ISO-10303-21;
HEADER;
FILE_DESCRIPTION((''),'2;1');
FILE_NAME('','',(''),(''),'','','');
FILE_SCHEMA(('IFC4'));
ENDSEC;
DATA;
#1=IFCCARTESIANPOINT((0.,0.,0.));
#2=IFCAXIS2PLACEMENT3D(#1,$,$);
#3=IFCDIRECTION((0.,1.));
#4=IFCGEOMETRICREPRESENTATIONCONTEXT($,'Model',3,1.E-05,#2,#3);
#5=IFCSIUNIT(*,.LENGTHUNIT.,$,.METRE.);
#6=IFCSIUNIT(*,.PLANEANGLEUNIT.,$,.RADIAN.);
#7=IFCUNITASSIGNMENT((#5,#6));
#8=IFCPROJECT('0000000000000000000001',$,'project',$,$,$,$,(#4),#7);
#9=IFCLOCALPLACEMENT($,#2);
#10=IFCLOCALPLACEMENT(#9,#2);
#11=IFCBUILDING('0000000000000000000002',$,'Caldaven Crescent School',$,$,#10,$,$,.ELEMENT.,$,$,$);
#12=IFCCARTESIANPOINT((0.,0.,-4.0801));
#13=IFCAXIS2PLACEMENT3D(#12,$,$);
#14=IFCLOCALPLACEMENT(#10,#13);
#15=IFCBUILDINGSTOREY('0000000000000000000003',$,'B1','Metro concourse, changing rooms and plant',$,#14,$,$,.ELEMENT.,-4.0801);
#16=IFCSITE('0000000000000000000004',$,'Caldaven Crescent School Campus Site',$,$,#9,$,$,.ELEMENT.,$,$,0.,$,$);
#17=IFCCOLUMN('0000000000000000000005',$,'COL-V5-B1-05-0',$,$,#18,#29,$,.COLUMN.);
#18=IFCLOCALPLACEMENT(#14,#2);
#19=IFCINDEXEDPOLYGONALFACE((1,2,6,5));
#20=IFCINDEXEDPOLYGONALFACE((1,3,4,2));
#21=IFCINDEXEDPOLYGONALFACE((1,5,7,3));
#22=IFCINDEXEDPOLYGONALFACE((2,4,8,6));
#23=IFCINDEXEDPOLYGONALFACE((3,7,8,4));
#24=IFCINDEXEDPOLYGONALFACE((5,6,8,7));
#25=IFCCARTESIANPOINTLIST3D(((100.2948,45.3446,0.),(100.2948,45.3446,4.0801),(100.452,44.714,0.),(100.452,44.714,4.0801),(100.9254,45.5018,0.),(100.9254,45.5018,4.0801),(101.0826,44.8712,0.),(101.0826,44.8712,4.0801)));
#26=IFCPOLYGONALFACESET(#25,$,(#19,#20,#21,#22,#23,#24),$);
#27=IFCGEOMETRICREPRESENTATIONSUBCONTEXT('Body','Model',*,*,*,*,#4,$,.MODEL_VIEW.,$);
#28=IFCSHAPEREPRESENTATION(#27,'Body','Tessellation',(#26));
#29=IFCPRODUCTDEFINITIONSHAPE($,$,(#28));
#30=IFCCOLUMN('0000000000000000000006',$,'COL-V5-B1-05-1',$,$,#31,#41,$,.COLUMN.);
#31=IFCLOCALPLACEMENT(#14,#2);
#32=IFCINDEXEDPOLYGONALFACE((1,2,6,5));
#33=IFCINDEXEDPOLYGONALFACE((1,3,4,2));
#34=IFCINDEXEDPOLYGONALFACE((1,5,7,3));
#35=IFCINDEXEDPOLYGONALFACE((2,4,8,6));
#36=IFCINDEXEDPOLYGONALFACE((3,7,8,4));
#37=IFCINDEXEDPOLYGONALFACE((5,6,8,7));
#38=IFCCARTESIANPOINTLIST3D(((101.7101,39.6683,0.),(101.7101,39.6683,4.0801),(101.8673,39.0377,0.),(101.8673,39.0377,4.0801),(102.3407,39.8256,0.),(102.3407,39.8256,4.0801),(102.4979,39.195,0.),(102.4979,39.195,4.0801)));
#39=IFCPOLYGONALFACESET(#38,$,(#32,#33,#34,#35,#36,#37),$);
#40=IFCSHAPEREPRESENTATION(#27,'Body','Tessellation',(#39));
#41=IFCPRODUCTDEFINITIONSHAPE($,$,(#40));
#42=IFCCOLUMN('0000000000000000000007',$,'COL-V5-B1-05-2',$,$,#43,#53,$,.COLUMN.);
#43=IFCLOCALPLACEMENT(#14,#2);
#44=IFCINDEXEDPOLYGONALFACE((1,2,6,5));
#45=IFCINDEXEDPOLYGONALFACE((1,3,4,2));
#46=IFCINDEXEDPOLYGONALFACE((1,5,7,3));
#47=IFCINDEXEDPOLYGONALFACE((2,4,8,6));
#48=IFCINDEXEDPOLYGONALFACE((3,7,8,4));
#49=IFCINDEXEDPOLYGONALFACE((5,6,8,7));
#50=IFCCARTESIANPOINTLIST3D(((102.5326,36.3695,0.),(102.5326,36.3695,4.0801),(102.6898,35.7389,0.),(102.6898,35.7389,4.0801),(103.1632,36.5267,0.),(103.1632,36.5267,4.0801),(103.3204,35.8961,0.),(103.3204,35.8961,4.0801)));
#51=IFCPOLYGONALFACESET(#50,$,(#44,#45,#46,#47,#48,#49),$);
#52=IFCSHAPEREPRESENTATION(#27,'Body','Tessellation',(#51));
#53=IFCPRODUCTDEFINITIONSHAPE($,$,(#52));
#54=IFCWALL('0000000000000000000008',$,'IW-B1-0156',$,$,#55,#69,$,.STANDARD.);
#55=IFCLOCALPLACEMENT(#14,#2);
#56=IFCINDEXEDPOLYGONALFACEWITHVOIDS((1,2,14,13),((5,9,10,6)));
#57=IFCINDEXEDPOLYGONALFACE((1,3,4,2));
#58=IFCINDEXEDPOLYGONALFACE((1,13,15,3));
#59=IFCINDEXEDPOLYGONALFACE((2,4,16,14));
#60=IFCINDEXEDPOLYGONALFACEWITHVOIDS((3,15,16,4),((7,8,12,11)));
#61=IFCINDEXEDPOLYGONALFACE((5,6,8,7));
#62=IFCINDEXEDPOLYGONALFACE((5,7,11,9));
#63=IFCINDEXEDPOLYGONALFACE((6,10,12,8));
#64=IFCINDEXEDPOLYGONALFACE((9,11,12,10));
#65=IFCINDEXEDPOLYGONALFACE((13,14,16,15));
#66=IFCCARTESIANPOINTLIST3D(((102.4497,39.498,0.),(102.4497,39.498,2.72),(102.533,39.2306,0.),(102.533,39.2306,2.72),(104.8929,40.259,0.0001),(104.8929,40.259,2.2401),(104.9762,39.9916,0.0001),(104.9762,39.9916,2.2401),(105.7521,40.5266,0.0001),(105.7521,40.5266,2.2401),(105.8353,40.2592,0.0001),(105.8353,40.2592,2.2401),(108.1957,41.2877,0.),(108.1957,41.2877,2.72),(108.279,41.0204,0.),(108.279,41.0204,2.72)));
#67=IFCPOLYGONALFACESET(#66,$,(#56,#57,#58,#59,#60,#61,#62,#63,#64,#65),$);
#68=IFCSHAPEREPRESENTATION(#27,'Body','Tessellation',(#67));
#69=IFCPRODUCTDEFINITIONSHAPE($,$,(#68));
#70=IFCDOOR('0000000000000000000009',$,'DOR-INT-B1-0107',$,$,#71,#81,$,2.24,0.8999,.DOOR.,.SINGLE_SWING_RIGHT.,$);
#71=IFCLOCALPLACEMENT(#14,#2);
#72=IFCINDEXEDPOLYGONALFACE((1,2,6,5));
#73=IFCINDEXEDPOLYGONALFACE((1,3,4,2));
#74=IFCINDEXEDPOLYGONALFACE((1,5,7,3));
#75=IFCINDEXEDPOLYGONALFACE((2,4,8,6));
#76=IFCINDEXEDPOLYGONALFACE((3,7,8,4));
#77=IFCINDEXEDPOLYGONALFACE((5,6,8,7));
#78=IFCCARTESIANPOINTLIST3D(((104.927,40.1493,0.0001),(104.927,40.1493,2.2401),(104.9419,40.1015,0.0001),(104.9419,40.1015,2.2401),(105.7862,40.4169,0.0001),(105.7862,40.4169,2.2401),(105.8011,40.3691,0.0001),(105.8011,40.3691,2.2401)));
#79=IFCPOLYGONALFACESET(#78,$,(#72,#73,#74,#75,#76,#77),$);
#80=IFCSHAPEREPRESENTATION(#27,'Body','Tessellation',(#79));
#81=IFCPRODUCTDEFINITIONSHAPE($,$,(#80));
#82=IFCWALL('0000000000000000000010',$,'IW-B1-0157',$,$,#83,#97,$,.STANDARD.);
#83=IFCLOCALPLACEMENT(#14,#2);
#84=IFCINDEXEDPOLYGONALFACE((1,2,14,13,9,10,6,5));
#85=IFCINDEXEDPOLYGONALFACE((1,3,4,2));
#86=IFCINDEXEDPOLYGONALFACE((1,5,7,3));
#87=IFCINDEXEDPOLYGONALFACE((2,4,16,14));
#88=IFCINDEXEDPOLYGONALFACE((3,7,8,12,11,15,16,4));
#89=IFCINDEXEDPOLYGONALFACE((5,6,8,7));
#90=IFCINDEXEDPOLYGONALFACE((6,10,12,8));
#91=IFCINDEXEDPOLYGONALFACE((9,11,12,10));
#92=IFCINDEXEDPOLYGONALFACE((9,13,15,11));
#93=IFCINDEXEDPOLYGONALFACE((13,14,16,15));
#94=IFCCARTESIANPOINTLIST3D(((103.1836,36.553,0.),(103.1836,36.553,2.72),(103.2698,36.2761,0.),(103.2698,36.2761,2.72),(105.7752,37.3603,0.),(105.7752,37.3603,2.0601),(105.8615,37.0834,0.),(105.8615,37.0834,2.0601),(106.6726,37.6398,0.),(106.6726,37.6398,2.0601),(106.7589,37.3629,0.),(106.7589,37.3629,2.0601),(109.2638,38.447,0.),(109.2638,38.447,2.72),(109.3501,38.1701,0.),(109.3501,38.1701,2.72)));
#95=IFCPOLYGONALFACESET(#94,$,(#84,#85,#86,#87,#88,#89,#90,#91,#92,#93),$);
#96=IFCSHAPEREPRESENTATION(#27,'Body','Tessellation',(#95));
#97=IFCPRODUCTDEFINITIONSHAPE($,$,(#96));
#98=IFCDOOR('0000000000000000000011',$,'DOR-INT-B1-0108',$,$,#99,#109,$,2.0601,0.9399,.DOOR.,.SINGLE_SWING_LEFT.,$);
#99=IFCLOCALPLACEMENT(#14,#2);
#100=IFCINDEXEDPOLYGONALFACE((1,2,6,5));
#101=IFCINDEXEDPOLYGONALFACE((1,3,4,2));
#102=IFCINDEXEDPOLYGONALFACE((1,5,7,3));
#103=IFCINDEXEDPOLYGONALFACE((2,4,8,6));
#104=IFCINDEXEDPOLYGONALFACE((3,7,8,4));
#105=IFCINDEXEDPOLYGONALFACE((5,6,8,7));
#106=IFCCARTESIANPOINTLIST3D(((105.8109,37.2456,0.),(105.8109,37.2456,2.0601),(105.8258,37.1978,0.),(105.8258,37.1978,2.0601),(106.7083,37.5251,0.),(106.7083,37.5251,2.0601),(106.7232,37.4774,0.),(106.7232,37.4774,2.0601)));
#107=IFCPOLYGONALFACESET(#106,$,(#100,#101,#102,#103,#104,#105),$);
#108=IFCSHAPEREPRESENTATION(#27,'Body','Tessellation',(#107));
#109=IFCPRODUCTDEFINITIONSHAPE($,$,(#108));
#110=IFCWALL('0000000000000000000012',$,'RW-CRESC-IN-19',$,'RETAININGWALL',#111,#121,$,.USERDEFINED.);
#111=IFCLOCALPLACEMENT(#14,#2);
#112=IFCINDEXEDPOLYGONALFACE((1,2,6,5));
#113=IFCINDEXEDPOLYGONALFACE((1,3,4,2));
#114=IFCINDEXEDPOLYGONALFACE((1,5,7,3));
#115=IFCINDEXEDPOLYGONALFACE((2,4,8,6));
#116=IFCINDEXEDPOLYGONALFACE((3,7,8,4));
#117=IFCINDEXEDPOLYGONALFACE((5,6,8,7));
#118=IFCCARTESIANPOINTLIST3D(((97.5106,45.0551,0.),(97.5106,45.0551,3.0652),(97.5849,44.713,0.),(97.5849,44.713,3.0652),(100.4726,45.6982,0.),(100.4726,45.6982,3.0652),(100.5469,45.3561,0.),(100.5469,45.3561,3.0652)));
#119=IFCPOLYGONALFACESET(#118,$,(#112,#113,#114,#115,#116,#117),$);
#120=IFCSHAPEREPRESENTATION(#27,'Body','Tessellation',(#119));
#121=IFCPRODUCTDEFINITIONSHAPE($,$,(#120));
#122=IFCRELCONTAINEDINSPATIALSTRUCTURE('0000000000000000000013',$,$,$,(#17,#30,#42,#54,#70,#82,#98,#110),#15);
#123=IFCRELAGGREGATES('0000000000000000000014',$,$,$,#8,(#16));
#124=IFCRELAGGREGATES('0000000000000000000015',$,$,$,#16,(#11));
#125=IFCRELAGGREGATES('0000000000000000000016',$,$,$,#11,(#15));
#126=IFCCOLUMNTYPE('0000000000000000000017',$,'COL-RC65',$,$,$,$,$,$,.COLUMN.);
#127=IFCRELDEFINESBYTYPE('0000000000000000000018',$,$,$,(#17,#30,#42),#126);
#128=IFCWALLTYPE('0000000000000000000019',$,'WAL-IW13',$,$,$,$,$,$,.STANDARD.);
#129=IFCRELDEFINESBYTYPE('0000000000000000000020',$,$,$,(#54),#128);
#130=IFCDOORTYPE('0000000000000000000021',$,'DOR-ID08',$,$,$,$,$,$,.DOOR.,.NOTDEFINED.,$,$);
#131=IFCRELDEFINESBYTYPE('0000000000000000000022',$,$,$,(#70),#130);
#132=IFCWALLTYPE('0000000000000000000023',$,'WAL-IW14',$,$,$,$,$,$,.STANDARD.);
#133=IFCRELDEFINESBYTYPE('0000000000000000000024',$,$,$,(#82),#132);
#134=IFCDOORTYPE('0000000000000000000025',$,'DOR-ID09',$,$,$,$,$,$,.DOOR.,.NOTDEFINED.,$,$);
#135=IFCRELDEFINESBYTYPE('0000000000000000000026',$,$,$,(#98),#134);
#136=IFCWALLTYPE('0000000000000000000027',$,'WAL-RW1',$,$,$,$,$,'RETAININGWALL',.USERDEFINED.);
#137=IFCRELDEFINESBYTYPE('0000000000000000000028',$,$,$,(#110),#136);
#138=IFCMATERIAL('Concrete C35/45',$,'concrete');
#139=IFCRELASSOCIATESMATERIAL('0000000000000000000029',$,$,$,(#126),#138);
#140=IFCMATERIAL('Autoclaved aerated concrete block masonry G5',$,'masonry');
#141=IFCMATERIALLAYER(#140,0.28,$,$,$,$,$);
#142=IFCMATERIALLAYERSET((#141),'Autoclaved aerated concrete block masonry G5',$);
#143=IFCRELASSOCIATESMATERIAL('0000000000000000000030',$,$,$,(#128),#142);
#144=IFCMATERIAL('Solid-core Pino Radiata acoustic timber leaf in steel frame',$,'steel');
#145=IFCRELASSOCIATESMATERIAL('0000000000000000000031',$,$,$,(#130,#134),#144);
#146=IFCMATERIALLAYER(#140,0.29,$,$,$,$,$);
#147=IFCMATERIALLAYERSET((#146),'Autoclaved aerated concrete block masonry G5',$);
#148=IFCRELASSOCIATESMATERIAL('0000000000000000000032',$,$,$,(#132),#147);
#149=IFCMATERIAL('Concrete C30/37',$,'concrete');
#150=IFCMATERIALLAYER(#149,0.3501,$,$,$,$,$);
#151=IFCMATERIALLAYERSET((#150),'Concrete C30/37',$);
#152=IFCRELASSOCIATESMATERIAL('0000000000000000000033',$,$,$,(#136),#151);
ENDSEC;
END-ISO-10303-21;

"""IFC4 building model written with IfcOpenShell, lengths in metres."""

from ifc_helpers import new_model, si_unit, direction, frame, frame_2d, origin, origin_2d, place, context, subcontext, project, spatial, rectangle, extrude, material, layer, layer_set, material_profile, profile_set, type_object, element, fill, save


model = new_model("IFC4")

# Units and contexts
model_context = context("Model", 3, precision=1e-05, world=origin(), true_north=direction((0.0, 1.0)))
body_context = subcontext(model_context, "Body", "Model", "MODEL_VIEW")
ifc_project = project(units=[si_unit("LENGTHUNIT", "METRE"), si_unit("PLANEANGLEUNIT", "RADIAN")], contexts=[model_context])

# Site, building, storey
site_placement = place(None, origin())
site = spatial("IfcSite", under=ifc_project, at=site_placement, Name="Caldaven Crescent School Campus Site", CompositionType="ELEMENT", RefElevation=0.0)
building_placement = place(site_placement, origin())
building = spatial("IfcBuilding", under=site, at=building_placement, Name="Caldaven Crescent School", CompositionType="ELEMENT")
storey_placement = place(building_placement, frame((0.0, 0.0, -4.0801)))
storey = spatial("IfcBuildingStorey", under=building, at=storey_placement, Name="B1", Description="Metro concourse, changing rooms and plant", CompositionType="ELEMENT", Elevation=-4.0801)

# Shared definitions
ifc_material_1 = material(Name="Concrete C30/37", Category="concrete")
ifc_material_2 = material(Name="Concrete C35/45", Category="concrete")

# Columns
ifc_material_profile_1 = material_profile(ifc_material_2, rectangle(XDim=0.6499, YDim=0.6499, at=origin_2d()), Name="RC 650x650")
ifc_profile_set_1 = profile_set([ifc_material_profile_1], Name="Concrete C35/45")
column_type_1 = type_object("IfcColumnType", Name="COL-RC65", PredefinedType="COLUMN", material=ifc_profile_set_1)
for number, where, z_axis, x_axis, name in (
    (1, (100.6887, 45.1079, 0.0), (0.0, 0.0, 1.0), (0.241922, -0.970296, 0.0), "COL-V5-B1-05-0"),
    (2, (102.104, 39.4316, 0.0), (0.0, 0.0, 1.0), (0.241922, -0.970296, 0.0), "COL-V5-B1-05-1"),
    (3, (102.9265, 36.1328, 0.0), (0.0, 0.0, 1.0), (0.241922, -0.970296, 0.0), "COL-V5-B1-05-2"),
):
    element("IfcColumn", number, at=place(storey_placement, frame(where, z_axis=z_axis, x_axis=x_axis)), inside=storey, type_object=column_type_1, Name=name, PredefinedType="COLUMN", context=body_context, shape_type="SweptSolid", body=[
        extrude(rectangle(XDim=0.6499, YDim=0.6499, at=origin_2d()), origin(), (0.0, 0.0, 1.0), 4.0801),
    ])

# Walls, openings, doors
ifc_material_3 = material(Name="Autoclaved aerated concrete block masonry G5", Category="masonry")
ifc_layer_1 = layer(ifc_material_3, 0.28)
ifc_layer_set_1 = layer_set([ifc_layer_1], Name="Autoclaved aerated concrete block masonry G5")
wall_type_1 = type_object("IfcWallType", Name="WAL-IW13", PredefinedType="STANDARD", material=ifc_layer_set_1)
wall_1_placement = place(storey_placement, frame((102.4912, 39.3643, 0.0), z_axis=(0.0, 0.0, 1.0), x_axis=(0.954757, 0.297388, 0.0)))
wall_1 = element("IfcWall", 4, at=wall_1_placement, inside=storey, type_object=wall_type_1, Name="IW-B1-0156", PredefinedType="STANDARD", context=body_context, shape_type="SweptSolid", body=[
    extrude(rectangle(XDim=6.0183, YDim=0.28, at=frame_2d((3.0093, 0.0))), origin(), (0.0, 0.0, 1.0), 2.72),
])
opening_1_placement = place(wall_1_placement, frame((2.5591, 0.0, 0.0)))
opening_1 = element("IfcOpeningElement", 5, at=opening_1_placement, cuts=wall_1, PredefinedType="OPENING", context=body_context, shape_type="SweptSolid", body=[
    extrude(rectangle(XDim=0.8999, YDim=2.24, at=frame_2d((0.45, 1.1201))), frame((0.0, 0.1499, 0.0), z_axis=(0.0, -1.0, 0.0), x_axis=(1.0, 0.0, 0.0)), (0.0, 0.0, 1.0), 0.3),
])
ifc_material_4 = material(Name="Solid-core Pino Radiata acoustic timber leaf in steel frame", Category="steel")
door_type_1 = type_object("IfcDoorType", Name="DOR-ID08", OperationType="NOTDEFINED", PredefinedType="DOOR", material=ifc_material_4)
door_1_placement = place(opening_1_placement, frame((0.8999, 0.0, 0.0), z_axis=(0.0, 0.0, 1.0), x_axis=(-1.0, 0.0, 0.0)))
door_1 = element("IfcDoor", 6, at=door_1_placement, inside=storey, type_object=door_type_1, Name="DOR-INT-B1-0107", OperationType="SINGLE_SWING_RIGHT", OverallHeight=2.24, OverallWidth=0.8999, PredefinedType="DOOR", context=body_context, shape_type="SweptSolid", body=[
    extrude(rectangle(XDim=0.8999, YDim=2.24, at=frame_2d((0.45, 1.1201))), frame((0.0, 0.0249, 0.0), z_axis=(0.0, -1.0, 0.0), x_axis=(1.0, 0.0, 0.0)), (0.0, 0.0, 1.0), 0.05),
])
fill(opening_1, door_1)
ifc_layer_2 = layer(ifc_material_3, 0.29)
ifc_layer_set_2 = layer_set([ifc_layer_2], Name="Autoclaved aerated concrete block masonry G5")
wall_type_2 = type_object("IfcWallType", Name="WAL-IW14", PredefinedType="STANDARD", material=ifc_layer_set_2)
wall_2_placement = place(storey_placement, frame((103.2268, 36.4146, 0.0), z_axis=(0.0, 0.0, 1.0), x_axis=(0.95475, 0.297408, 0.0)))
wall_2 = element("IfcWall", 7, at=wall_2_placement, inside=storey, type_object=wall_type_2, Name="IW-B1-0157", PredefinedType="STANDARD", context=body_context, shape_type="SweptSolid", body=[
    extrude(rectangle(XDim=6.3684, YDim=0.29, at=frame_2d((3.1841, 0.0))), origin(), (0.0, 0.0, 1.0), 2.72),
])
opening_2_placement = place(wall_2_placement, frame((2.7144, 0.0, 0.0)))
opening_2 = element("IfcOpeningElement", 8, at=opening_2_placement, cuts=wall_2, PredefinedType="OPENING", context=body_context, shape_type="SweptSolid", body=[
    extrude(rectangle(XDim=0.9399, YDim=2.0601, at=frame_2d((0.47, 1.03))), frame((0.0, 0.155, 0.0), z_axis=(0.0, -1.0, 0.0), x_axis=(1.0, 0.0, 0.0)), (0.0, 0.0, 1.0), 0.3101),
])
door_type_2 = type_object("IfcDoorType", Name="DOR-ID09", OperationType="NOTDEFINED", PredefinedType="DOOR", material=ifc_material_4)
door_2_placement = place(opening_2_placement, origin())
door_2 = element("IfcDoor", 9, at=door_2_placement, inside=storey, type_object=door_type_2, Name="DOR-INT-B1-0108", OperationType="SINGLE_SWING_LEFT", OverallHeight=2.0601, OverallWidth=0.9399, PredefinedType="DOOR", context=body_context, shape_type="SweptSolid", body=[
    extrude(rectangle(XDim=0.9399, YDim=2.0601, at=frame_2d((0.47, 1.03))), frame((0.0, 0.0249, 0.0), z_axis=(0.0, -1.0, 0.0), x_axis=(1.0, 0.0, 0.0)), (0.0, 0.0, 1.0), 0.05),
])
fill(opening_2, door_2)

# Wall
ifc_layer_3 = layer(ifc_material_1, 0.3501)
ifc_layer_set_3 = layer_set([ifc_layer_3], Name="Concrete C30/37")
wall_type_3 = type_object("IfcWallType", Name="WAL-RW1", ElementType="RETAININGWALL", PredefinedType="USERDEFINED", material=ifc_layer_set_3)
wall_3_placement = place(storey_placement, frame((97.5476, 44.884, 0.0), z_axis=(0.0, 0.0, 1.0), x_axis=(0.977233, 0.212169, 0.0)))
element("IfcWall", 10, at=wall_3_placement, inside=storey, type_object=wall_type_3, Name="RW-CRESC-IN-19", ObjectType="RETAININGWALL", PredefinedType="USERDEFINED", context=body_context, shape_type="SweptSolid", body=[
    extrude(rectangle(XDim=3.031, YDim=0.3501, at=frame_2d((1.5156, 0.0))), origin(), (0.0, 0.0, 1.0), 3.0652),
])

save(model, "model.ifc")
